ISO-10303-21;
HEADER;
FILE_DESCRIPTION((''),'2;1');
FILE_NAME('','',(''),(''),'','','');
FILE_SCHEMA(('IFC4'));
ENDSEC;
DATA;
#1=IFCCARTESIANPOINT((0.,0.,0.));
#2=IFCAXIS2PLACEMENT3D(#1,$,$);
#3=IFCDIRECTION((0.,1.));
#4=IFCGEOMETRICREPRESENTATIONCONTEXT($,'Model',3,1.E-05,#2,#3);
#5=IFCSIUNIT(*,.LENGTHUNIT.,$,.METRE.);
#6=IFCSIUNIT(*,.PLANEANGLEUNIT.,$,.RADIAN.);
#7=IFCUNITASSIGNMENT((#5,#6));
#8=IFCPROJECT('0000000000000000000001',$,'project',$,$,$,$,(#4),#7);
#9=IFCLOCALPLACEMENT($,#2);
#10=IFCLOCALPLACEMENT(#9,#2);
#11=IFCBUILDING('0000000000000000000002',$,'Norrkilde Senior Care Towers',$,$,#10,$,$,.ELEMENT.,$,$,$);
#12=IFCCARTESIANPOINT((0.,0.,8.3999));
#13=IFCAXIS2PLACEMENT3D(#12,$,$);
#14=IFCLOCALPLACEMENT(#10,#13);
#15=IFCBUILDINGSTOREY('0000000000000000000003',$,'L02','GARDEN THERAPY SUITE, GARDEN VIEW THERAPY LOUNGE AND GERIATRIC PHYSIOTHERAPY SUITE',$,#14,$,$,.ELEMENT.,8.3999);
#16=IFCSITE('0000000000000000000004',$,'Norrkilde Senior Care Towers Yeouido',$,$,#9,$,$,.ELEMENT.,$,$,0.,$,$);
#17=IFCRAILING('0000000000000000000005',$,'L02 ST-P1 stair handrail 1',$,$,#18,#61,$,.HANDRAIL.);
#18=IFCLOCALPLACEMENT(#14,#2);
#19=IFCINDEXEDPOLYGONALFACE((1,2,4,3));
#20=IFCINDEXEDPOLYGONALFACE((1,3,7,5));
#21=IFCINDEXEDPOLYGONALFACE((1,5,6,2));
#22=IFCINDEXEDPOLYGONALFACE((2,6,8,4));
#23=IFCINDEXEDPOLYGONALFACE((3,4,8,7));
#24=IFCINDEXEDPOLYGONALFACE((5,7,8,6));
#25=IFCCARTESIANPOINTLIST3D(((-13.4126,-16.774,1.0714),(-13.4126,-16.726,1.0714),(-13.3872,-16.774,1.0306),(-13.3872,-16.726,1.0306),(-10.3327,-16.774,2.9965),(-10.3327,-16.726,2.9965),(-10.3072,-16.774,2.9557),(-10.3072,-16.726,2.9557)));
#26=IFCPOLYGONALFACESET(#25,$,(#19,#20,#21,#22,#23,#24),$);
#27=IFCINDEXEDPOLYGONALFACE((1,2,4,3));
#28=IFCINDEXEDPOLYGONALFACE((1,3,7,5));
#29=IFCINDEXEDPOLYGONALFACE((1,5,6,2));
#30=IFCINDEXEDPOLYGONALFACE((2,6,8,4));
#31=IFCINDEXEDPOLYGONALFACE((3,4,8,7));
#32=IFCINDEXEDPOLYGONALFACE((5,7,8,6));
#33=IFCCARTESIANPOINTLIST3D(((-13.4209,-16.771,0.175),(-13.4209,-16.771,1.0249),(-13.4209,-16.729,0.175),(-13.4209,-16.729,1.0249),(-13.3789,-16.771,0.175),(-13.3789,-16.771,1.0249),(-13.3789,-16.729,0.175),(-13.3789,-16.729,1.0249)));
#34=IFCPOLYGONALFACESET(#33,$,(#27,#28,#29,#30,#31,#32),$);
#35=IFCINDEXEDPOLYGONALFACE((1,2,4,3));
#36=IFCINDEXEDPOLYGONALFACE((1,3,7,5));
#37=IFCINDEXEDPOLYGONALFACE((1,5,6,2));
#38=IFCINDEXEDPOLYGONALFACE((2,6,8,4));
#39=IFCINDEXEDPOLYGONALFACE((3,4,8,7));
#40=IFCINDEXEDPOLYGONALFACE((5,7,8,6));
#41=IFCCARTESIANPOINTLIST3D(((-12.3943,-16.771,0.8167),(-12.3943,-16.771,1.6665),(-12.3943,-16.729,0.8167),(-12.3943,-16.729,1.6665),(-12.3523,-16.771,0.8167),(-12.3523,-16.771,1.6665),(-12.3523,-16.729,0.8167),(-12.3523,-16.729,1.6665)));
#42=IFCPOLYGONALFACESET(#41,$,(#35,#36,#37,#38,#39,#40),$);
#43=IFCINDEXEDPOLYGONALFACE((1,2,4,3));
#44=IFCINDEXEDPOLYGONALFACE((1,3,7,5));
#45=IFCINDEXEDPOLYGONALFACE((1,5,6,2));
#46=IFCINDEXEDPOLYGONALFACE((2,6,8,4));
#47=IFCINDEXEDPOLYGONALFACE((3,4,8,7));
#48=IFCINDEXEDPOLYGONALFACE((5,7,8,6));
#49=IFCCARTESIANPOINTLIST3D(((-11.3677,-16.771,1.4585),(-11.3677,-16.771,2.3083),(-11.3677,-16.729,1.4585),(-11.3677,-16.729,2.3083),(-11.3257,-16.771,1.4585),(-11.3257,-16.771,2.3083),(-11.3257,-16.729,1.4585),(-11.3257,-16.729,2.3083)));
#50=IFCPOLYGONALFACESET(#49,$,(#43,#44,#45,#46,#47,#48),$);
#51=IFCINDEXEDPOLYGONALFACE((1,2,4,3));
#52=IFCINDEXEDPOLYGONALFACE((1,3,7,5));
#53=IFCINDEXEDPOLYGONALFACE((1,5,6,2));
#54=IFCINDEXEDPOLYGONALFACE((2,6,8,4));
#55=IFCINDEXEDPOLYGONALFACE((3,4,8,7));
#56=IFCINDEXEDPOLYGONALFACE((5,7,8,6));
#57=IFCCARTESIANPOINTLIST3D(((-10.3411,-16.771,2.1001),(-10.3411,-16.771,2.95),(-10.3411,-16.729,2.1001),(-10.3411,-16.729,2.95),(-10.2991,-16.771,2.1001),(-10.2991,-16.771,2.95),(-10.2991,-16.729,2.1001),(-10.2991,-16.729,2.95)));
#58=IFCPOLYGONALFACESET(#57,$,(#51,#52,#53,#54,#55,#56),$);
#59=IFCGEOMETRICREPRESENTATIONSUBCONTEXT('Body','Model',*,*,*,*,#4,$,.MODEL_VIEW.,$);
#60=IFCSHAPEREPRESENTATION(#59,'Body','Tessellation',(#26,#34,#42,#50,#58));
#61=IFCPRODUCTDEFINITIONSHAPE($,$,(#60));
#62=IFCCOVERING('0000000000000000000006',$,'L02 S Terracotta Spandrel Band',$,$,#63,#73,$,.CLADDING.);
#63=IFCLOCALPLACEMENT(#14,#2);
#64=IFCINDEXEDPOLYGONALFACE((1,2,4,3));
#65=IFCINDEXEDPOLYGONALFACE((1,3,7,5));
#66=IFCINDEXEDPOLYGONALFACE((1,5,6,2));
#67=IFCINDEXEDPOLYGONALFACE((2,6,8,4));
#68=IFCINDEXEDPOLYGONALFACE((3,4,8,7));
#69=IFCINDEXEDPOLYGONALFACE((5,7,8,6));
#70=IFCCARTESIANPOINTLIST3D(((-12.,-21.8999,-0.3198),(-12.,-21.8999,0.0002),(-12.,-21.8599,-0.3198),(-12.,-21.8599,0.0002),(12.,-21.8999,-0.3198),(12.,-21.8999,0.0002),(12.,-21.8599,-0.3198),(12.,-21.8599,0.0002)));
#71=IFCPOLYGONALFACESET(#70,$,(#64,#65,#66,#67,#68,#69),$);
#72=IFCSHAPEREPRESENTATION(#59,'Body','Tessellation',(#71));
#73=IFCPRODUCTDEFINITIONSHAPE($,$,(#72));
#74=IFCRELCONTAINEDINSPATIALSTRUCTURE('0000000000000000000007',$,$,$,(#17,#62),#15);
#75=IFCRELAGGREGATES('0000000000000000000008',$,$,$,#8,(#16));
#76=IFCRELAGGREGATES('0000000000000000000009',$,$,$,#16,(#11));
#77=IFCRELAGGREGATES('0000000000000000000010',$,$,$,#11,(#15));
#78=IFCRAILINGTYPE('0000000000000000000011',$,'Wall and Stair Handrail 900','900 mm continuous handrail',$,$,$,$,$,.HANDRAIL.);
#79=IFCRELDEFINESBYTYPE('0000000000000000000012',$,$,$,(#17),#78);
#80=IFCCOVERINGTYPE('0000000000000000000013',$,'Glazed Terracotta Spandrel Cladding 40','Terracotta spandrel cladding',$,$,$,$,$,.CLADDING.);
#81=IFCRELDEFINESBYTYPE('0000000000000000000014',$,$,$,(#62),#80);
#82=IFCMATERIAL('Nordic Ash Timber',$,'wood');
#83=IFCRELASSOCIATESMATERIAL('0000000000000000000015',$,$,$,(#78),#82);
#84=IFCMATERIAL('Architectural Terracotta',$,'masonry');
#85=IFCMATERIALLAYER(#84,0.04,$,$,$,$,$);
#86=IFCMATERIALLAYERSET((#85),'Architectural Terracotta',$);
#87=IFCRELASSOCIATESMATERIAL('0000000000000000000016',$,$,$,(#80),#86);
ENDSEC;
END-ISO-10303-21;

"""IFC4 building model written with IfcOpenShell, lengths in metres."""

from ifc_helpers import new_model, si_unit, direction, frame, origin, origin_2d, place, context, subcontext, project, spatial, rectangle, extrude, source, transform, mapped, material, layer, layer_set, type_object, type_shapes, element, save


model = new_model("IFC4")

# Units and contexts
model_context = context("Model", 3, precision=1e-05, world=origin(), true_north=direction((0.0, 1.0)))
body_context = subcontext(model_context, "Body", "Model", "MODEL_VIEW")
ifc_project = project(units=[si_unit("LENGTHUNIT", "METRE"), si_unit("PLANEANGLEUNIT", "RADIAN")], contexts=[model_context])

# Site, building, storey
site_placement = place(None, origin())
site = spatial("IfcSite", under=ifc_project, at=site_placement, Name="Norrkilde Senior Care Towers Yeouido", CompositionType="ELEMENT", RefElevation=0.0)
building_placement = place(site_placement, origin())
building = spatial("IfcBuilding", under=site, at=building_placement, Name="Norrkilde Senior Care Towers", CompositionType="ELEMENT")
storey_placement = place(building_placement, frame((0.0, 0.0, 8.3999)))
storey = spatial("IfcBuildingStorey", under=building, at=storey_placement, Name="L02", Description="GARDEN THERAPY SUITE, GARDEN VIEW THERAPY LOUNGE AND GERIATRIC PHYSIOTHERAPY SUITE", CompositionType="ELEMENT", Elevation=8.3999)

# Railing
ifc_material_1 = material(Name="Nordic Ash Timber", Category="wood")
railing_type = type_object("IfcRailingType", Name="Wall and Stair Handrail 900", Description="900 mm continuous handrail", PredefinedType="HANDRAIL", material=ifc_material_1)
railing_placement = place(storey_placement, frame((-13.3999, -16.75, 0.175)))
element("IfcRailing", 1, at=railing_placement, inside=storey, type_object=railing_type, Name="L02 ST-P1 stair handrail 1", PredefinedType="HANDRAIL", context=body_context, shape_type="SweptSolid", body=[
    extrude(rectangle(XDim=0.0481, YDim=0.0481, at=origin_2d()), frame((0.0, 0.0, 0.876), z_axis=(0.847979, 0.0, 0.530029), x_axis=(0.0, 1.0, 0.0)), (0.0, 0.0, 1.0), 3.6321),
    extrude(rectangle(XDim=0.042, YDim=0.042, at=origin_2d()), origin(), (0.0, 0.0, 1.0), 0.8499),
    extrude(rectangle(XDim=0.042, YDim=0.042, at=origin_2d()), frame((1.0266, 0.0, 0.6416)), (0.0, 0.0, 1.0), 0.8499),
    extrude(rectangle(XDim=0.042, YDim=0.042, at=origin_2d()), frame((2.0532, 0.0, 1.2834)), (0.0, 0.0, 1.0), 0.8499),
    extrude(rectangle(XDim=0.042, YDim=0.042, at=origin_2d()), frame((3.0798, 0.0, 1.925)), (0.0, 0.0, 1.0), 0.8499),
])

# Covering
ifc_material_2 = material(Name="Architectural Terracotta", Category="masonry")
ifc_layer_1 = layer(ifc_material_2, 0.04)
ifc_layer_set_1 = layer_set([ifc_layer_1], Name="Architectural Terracotta")
covering_type = type_object("IfcCoveringType", Name="Glazed Terracotta Spandrel Cladding 40", Description="Terracotta spandrel cladding", PredefinedType="CLADDING", material=ifc_layer_set_1)
shared_shape_1 = source(origin(), body_context, "Body", "SweptSolid", [
    extrude(rectangle(XDim=24.0, YDim=0.04, at=origin_2d()), origin(), (0.0, 0.0, 1.0), 0.3201),
])
type_shapes(covering_type, [shared_shape_1])
covering_placement = place(storey_placement, frame((0.0, -21.8799, -0.3198), z_axis=(0.0, 0.0, 1.0), x_axis=(1.0, 0.0, 0.0)))
element("IfcCovering", 2, at=covering_placement, inside=storey, type_object=covering_type, Name="L02 S Terracotta Spandrel Band", PredefinedType="CLADDING", context=body_context, shape_type="MappedRepresentation", body=[
    mapped(shared_shape_1, transform((0.0, 0.0, 0.0), x_axis=(1.0, 0.0, 0.0), y_axis=(0.0, 1.0, 0.0), z_axis=(0.0, 0.0, 1.0), scale=1.0)),
])

save(model, "model.ifc")
